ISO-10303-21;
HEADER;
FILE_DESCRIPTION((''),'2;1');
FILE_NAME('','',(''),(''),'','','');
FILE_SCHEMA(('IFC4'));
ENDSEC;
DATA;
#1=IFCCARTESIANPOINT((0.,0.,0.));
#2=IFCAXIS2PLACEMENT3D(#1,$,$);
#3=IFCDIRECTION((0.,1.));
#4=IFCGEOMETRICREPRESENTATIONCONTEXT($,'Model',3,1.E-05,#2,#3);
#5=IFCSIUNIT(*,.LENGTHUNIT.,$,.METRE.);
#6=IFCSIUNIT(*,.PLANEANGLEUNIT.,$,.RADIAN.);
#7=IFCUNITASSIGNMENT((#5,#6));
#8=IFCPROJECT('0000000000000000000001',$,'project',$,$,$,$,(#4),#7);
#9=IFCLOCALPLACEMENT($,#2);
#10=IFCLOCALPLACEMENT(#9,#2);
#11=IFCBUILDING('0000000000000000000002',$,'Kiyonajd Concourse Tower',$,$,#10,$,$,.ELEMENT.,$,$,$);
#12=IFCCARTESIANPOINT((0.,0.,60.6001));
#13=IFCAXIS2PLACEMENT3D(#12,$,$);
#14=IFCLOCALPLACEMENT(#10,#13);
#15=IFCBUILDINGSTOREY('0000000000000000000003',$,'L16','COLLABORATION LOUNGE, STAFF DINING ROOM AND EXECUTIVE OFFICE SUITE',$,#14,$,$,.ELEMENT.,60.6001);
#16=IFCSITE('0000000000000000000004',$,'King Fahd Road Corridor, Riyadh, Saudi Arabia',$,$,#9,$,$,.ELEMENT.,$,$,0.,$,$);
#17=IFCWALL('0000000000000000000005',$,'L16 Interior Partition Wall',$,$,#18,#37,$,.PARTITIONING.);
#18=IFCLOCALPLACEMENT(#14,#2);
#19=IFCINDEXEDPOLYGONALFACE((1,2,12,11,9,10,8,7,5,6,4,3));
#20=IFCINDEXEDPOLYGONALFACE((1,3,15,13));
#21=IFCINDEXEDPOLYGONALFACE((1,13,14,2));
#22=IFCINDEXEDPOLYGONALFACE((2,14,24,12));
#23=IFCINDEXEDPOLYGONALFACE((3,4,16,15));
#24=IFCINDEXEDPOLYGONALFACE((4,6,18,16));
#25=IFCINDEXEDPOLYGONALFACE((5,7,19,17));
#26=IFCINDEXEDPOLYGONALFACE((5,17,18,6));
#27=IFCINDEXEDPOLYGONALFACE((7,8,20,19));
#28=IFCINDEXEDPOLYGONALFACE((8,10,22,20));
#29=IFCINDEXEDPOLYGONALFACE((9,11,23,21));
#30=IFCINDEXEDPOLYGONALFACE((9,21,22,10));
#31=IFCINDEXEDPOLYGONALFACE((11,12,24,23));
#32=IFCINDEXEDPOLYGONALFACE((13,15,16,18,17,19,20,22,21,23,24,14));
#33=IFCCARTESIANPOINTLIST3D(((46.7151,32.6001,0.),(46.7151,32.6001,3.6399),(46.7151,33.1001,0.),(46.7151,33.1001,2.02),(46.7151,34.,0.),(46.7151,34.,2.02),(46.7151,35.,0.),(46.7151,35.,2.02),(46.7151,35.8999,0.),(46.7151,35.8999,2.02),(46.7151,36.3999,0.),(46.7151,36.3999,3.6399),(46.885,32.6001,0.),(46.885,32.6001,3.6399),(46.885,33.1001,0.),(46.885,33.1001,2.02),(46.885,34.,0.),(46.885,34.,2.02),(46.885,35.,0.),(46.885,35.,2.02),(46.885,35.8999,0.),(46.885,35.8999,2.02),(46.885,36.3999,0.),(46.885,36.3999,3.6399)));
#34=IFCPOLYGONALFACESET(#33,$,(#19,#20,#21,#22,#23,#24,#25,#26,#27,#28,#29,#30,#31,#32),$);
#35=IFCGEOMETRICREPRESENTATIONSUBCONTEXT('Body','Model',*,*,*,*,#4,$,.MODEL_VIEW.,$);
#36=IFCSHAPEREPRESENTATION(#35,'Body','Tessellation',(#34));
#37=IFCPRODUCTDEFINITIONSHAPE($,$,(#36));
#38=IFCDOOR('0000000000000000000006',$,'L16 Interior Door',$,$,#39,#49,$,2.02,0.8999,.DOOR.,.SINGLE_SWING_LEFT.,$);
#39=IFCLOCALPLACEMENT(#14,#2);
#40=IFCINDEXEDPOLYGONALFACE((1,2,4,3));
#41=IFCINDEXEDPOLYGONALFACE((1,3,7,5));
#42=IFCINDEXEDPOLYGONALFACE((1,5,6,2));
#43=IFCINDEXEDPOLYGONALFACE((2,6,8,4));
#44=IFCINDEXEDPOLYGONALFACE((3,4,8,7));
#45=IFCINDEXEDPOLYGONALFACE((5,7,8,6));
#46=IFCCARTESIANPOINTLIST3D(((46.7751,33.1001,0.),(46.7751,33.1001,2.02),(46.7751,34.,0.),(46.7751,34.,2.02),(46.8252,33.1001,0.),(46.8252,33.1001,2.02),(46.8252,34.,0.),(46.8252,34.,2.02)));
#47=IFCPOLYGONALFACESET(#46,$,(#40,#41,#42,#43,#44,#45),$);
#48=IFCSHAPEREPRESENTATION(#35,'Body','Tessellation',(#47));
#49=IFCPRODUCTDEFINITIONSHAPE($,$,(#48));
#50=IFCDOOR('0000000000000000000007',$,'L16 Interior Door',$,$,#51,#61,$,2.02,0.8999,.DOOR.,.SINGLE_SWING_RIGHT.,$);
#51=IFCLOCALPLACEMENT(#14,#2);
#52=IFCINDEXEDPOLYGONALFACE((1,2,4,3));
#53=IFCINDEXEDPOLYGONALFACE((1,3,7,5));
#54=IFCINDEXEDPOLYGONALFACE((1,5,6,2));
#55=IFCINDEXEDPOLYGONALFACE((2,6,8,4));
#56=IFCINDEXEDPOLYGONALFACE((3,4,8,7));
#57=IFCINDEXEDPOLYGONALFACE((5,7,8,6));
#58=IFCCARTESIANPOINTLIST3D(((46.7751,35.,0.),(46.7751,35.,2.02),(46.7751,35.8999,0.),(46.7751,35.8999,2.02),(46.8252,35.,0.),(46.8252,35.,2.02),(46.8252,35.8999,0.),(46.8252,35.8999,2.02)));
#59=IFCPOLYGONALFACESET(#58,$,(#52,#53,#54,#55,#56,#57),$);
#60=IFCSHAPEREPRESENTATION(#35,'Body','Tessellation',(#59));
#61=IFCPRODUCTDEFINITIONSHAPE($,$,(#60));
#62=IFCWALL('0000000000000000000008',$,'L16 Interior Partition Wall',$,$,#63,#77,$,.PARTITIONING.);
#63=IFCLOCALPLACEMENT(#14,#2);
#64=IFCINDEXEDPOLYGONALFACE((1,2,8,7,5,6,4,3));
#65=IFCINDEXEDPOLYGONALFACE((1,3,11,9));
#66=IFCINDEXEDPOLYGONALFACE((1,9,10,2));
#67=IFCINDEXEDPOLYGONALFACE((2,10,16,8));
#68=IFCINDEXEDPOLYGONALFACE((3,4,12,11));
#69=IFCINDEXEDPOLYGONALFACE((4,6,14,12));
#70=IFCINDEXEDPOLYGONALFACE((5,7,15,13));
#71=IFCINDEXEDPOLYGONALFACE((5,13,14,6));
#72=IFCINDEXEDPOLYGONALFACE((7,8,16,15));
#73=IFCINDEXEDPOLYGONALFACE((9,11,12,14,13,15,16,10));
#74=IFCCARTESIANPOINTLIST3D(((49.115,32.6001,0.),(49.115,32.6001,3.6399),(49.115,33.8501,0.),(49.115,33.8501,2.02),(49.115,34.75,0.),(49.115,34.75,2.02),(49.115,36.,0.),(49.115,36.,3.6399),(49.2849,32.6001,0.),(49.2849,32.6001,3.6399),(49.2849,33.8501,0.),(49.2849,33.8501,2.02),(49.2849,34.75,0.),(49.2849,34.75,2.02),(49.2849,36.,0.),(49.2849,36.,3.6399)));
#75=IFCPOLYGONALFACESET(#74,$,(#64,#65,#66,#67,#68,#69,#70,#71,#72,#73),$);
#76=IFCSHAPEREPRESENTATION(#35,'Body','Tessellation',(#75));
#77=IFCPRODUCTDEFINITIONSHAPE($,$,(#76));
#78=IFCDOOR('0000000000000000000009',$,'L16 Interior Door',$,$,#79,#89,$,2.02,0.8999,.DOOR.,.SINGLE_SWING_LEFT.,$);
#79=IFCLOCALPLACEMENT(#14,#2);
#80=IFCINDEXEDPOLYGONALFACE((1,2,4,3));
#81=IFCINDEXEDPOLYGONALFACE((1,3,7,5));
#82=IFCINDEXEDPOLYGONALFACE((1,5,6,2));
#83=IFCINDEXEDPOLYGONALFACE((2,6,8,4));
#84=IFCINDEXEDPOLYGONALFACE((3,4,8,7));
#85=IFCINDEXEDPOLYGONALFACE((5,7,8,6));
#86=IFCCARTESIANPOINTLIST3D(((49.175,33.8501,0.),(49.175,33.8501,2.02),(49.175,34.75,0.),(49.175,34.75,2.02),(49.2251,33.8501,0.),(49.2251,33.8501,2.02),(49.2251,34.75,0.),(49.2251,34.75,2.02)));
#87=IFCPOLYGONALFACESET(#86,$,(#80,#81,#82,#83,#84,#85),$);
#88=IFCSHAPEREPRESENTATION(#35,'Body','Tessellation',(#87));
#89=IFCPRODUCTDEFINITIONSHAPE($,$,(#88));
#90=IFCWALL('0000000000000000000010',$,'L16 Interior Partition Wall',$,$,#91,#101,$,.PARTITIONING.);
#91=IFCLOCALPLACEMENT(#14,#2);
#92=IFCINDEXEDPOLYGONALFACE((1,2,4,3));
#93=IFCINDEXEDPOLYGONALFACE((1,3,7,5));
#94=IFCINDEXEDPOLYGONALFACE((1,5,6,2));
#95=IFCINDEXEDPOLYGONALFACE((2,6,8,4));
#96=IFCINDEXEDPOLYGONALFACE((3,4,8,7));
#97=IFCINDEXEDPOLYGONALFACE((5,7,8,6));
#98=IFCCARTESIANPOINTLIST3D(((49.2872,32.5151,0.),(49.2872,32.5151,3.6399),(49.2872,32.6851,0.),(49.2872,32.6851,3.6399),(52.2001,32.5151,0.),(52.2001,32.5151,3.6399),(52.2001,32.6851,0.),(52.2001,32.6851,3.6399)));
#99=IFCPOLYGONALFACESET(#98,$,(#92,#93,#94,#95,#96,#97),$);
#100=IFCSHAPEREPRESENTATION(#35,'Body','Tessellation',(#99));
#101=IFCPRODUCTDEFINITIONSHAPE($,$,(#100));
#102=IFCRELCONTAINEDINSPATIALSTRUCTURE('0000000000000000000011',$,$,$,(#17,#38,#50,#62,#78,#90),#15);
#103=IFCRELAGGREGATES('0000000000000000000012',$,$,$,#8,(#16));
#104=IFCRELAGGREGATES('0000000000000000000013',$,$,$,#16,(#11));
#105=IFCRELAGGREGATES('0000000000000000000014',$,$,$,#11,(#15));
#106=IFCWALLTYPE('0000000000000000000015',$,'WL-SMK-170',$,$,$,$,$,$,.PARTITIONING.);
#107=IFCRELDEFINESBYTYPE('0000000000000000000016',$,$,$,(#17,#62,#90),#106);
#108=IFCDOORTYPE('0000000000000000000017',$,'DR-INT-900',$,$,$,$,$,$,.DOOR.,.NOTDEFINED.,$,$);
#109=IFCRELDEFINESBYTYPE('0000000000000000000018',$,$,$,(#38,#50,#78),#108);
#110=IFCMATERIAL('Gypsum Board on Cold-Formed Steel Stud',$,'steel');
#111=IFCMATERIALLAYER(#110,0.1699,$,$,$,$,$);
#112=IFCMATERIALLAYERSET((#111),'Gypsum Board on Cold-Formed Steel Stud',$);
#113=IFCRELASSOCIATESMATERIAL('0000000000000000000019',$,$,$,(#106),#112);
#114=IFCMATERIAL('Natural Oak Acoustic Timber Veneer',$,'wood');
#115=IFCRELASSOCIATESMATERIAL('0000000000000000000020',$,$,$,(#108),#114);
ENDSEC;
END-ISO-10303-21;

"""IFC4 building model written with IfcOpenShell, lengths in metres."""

from ifc_helpers import new_model, si_unit, direction, frame, frame_2d, origin, place, context, subcontext, project, spatial, rectangle, extrude, material, layer, layer_set, type_object, element, fill, save


model = new_model("IFC4")

# Units and contexts
model_context = context("Model", 3, precision=1e-05, world=origin(), true_north=direction((0.0, 1.0)))
body_context = subcontext(model_context, "Body", "Model", "MODEL_VIEW")
ifc_project = project(units=[si_unit("LENGTHUNIT", "METRE"), si_unit("PLANEANGLEUNIT", "RADIAN")], contexts=[model_context])

# Site, building, storey
site_placement = place(None, origin())
site = spatial("IfcSite", under=ifc_project, at=site_placement, Name="King Fahd Road Corridor, Riyadh, Saudi Arabia", CompositionType="ELEMENT", RefElevation=0.0)
building_placement = place(site_placement, origin())
building = spatial("IfcBuilding", under=site, at=building_placement, Name="Kiyonajd Concourse Tower", CompositionType="ELEMENT")
storey_placement = place(building_placement, frame((0.0, 0.0, 60.6001)))
storey = spatial("IfcBuildingStorey", under=building, at=storey_placement, Name="L16", Description="COLLABORATION LOUNGE, STAFF DINING ROOM AND EXECUTIVE OFFICE SUITE", CompositionType="ELEMENT", Elevation=60.6001)

# Shared definitions
ifc_material_1 = material(Name="Gypsum Board on Cold-Formed Steel Stud", Category="steel")

# Wall, openings, doors
ifc_layer_1 = layer(ifc_material_1, 0.1699)
ifc_layer_set_1 = layer_set([ifc_layer_1], Name="Gypsum Board on Cold-Formed Steel Stud")
wall_type_1 = type_object("IfcWallType", Name="WL-SMK-170", PredefinedType="PARTITIONING", material=ifc_layer_set_1)
wall_1_placement = place(storey_placement, frame((46.8, 32.6001, 0.0), z_axis=(0.0, 0.0, 1.0), x_axis=(0.0, 1.0, 0.0)))
wall_1 = element("IfcWall", 1, at=wall_1_placement, inside=storey, type_object=wall_type_1, Name="L16 Interior Partition Wall", PredefinedType="PARTITIONING", context=body_context, shape_type="SweptSolid", body=[
    extrude(rectangle(XDim=3.7998, YDim=0.1699, at=frame_2d((1.8999, 0.0))), origin(), (0.0, 0.0, 1.0), 3.6399),
])
opening_1_placement = place(wall_1_placement, frame((0.5, 0.0, 0.0)))
opening_1 = element("IfcOpeningElement", 2, at=opening_1_placement, cuts=wall_1, PredefinedType="OPENING", context=body_context, shape_type="SweptSolid", body=[
    extrude(rectangle(XDim=0.8999, YDim=2.02, at=frame_2d((0.45, 1.01))), frame((0.0, 0.095, 0.0), z_axis=(0.0, -1.0, 0.0), x_axis=(1.0, 0.0, 0.0)), (0.0, 0.0, 1.0), 0.1899),
])
opening_2_placement = place(wall_1_placement, frame((2.3999, 0.0, 0.0)))
opening_2 = element("IfcOpeningElement", 3, at=opening_2_placement, cuts=wall_1, PredefinedType="OPENING", context=body_context, shape_type="SweptSolid", body=[
    extrude(rectangle(XDim=0.8999, YDim=2.02, at=frame_2d((0.45, 1.01))), frame((0.0, 0.095, 0.0), z_axis=(0.0, -1.0, 0.0), x_axis=(1.0, 0.0, 0.0)), (0.0, 0.0, 1.0), 0.1899),
])
ifc_material_2 = material(Name="Natural Oak Acoustic Timber Veneer", Category="wood")
door_type_1 = type_object("IfcDoorType", Name="DR-INT-900", OperationType="NOTDEFINED", PredefinedType="DOOR", material=ifc_material_2)
door_1_placement = place(opening_1_placement, origin())
door_1 = element("IfcDoor", 4, at=door_1_placement, inside=storey, type_object=door_type_1, Name="L16 Interior Door", OperationType="SINGLE_SWING_LEFT", OverallHeight=2.02, OverallWidth=0.8999, PredefinedType="DOOR", context=body_context, shape_type="SweptSolid", body=[
    extrude(rectangle(XDim=0.8999, YDim=2.02, at=frame_2d((0.45, 1.01))), frame((0.0, 0.0249, 0.0), z_axis=(0.0, -1.0, 0.0), x_axis=(1.0, 0.0, 0.0)), (0.0, 0.0, 1.0), 0.05),
])
fill(opening_1, door_1)
door_2_placement = place(opening_2_placement, origin())
door_2 = element("IfcDoor", 5, at=door_2_placement, inside=storey, type_object=door_type_1, Name="L16 Interior Door", OperationType="SINGLE_SWING_RIGHT", OverallHeight=2.02, OverallWidth=0.8999, PredefinedType="DOOR", context=body_context, shape_type="SweptSolid", body=[
    extrude(rectangle(XDim=0.8999, YDim=2.02, at=frame_2d((0.45, 1.01))), frame((0.0, 0.0249, 0.0), z_axis=(0.0, -1.0, 0.0), x_axis=(1.0, 0.0, 0.0)), (0.0, 0.0, 1.0), 0.05),
])
fill(opening_2, door_2)

# Wall, opening, door
wall_2_placement = place(storey_placement, frame((49.2, 32.6001, 0.0), z_axis=(0.0, 0.0, 1.0), x_axis=(0.0, 1.0, 0.0)))
wall_2 = element("IfcWall", 6, at=wall_2_placement, inside=storey, type_object=wall_type_1, Name="L16 Interior Partition Wall", PredefinedType="PARTITIONING", context=body_context, shape_type="SweptSolid", body=[
    extrude(rectangle(XDim=3.3999, YDim=0.1699, at=frame_2d((1.7, 0.0))), origin(), (0.0, 0.0, 1.0), 3.6399),
])
opening_3_placement = place(wall_2_placement, frame((1.25, 0.0, 0.0)))
opening_3 = element("IfcOpeningElement", 7, at=opening_3_placement, cuts=wall_2, PredefinedType="OPENING", context=body_context, shape_type="SweptSolid", body=[
    extrude(rectangle(XDim=0.8999, YDim=2.02, at=frame_2d((0.45, 1.01))), frame((0.0, 0.095, 0.0), z_axis=(0.0, -1.0, 0.0), x_axis=(1.0, 0.0, 0.0)), (0.0, 0.0, 1.0), 0.1899),
])
door_3_placement = place(opening_3_placement, origin())
door_3 = element("IfcDoor", 8, at=door_3_placement, inside=storey, type_object=door_type_1, Name="L16 Interior Door", OperationType="SINGLE_SWING_LEFT", OverallHeight=2.02, OverallWidth=0.8999, PredefinedType="DOOR", context=body_context, shape_type="SweptSolid", body=[
    extrude(rectangle(XDim=0.8999, YDim=2.02, at=frame_2d((0.45, 1.01))), frame((0.0, 0.0249, 0.0), z_axis=(0.0, -1.0, 0.0), x_axis=(1.0, 0.0, 0.0)), (0.0, 0.0, 1.0), 0.05),
])
fill(opening_3, door_3)

# Wall
wall_3_placement = place(storey_placement, frame((49.2871, 32.6001, 0.0), z_axis=(0.0, 0.0, 1.0), x_axis=(1.0, 0.0, 0.0)))
element("IfcWall", 9, at=wall_3_placement, inside=storey, type_object=wall_type_1, Name="L16 Interior Partition Wall", PredefinedType="PARTITIONING", context=body_context, shape_type="SweptSolid", body=[
    extrude(rectangle(XDim=2.9128, YDim=0.1699, at=frame_2d((1.4565, 0.0))), origin(), (0.0, 0.0, 1.0), 3.6399),
])

save(model, "model.ifc")
